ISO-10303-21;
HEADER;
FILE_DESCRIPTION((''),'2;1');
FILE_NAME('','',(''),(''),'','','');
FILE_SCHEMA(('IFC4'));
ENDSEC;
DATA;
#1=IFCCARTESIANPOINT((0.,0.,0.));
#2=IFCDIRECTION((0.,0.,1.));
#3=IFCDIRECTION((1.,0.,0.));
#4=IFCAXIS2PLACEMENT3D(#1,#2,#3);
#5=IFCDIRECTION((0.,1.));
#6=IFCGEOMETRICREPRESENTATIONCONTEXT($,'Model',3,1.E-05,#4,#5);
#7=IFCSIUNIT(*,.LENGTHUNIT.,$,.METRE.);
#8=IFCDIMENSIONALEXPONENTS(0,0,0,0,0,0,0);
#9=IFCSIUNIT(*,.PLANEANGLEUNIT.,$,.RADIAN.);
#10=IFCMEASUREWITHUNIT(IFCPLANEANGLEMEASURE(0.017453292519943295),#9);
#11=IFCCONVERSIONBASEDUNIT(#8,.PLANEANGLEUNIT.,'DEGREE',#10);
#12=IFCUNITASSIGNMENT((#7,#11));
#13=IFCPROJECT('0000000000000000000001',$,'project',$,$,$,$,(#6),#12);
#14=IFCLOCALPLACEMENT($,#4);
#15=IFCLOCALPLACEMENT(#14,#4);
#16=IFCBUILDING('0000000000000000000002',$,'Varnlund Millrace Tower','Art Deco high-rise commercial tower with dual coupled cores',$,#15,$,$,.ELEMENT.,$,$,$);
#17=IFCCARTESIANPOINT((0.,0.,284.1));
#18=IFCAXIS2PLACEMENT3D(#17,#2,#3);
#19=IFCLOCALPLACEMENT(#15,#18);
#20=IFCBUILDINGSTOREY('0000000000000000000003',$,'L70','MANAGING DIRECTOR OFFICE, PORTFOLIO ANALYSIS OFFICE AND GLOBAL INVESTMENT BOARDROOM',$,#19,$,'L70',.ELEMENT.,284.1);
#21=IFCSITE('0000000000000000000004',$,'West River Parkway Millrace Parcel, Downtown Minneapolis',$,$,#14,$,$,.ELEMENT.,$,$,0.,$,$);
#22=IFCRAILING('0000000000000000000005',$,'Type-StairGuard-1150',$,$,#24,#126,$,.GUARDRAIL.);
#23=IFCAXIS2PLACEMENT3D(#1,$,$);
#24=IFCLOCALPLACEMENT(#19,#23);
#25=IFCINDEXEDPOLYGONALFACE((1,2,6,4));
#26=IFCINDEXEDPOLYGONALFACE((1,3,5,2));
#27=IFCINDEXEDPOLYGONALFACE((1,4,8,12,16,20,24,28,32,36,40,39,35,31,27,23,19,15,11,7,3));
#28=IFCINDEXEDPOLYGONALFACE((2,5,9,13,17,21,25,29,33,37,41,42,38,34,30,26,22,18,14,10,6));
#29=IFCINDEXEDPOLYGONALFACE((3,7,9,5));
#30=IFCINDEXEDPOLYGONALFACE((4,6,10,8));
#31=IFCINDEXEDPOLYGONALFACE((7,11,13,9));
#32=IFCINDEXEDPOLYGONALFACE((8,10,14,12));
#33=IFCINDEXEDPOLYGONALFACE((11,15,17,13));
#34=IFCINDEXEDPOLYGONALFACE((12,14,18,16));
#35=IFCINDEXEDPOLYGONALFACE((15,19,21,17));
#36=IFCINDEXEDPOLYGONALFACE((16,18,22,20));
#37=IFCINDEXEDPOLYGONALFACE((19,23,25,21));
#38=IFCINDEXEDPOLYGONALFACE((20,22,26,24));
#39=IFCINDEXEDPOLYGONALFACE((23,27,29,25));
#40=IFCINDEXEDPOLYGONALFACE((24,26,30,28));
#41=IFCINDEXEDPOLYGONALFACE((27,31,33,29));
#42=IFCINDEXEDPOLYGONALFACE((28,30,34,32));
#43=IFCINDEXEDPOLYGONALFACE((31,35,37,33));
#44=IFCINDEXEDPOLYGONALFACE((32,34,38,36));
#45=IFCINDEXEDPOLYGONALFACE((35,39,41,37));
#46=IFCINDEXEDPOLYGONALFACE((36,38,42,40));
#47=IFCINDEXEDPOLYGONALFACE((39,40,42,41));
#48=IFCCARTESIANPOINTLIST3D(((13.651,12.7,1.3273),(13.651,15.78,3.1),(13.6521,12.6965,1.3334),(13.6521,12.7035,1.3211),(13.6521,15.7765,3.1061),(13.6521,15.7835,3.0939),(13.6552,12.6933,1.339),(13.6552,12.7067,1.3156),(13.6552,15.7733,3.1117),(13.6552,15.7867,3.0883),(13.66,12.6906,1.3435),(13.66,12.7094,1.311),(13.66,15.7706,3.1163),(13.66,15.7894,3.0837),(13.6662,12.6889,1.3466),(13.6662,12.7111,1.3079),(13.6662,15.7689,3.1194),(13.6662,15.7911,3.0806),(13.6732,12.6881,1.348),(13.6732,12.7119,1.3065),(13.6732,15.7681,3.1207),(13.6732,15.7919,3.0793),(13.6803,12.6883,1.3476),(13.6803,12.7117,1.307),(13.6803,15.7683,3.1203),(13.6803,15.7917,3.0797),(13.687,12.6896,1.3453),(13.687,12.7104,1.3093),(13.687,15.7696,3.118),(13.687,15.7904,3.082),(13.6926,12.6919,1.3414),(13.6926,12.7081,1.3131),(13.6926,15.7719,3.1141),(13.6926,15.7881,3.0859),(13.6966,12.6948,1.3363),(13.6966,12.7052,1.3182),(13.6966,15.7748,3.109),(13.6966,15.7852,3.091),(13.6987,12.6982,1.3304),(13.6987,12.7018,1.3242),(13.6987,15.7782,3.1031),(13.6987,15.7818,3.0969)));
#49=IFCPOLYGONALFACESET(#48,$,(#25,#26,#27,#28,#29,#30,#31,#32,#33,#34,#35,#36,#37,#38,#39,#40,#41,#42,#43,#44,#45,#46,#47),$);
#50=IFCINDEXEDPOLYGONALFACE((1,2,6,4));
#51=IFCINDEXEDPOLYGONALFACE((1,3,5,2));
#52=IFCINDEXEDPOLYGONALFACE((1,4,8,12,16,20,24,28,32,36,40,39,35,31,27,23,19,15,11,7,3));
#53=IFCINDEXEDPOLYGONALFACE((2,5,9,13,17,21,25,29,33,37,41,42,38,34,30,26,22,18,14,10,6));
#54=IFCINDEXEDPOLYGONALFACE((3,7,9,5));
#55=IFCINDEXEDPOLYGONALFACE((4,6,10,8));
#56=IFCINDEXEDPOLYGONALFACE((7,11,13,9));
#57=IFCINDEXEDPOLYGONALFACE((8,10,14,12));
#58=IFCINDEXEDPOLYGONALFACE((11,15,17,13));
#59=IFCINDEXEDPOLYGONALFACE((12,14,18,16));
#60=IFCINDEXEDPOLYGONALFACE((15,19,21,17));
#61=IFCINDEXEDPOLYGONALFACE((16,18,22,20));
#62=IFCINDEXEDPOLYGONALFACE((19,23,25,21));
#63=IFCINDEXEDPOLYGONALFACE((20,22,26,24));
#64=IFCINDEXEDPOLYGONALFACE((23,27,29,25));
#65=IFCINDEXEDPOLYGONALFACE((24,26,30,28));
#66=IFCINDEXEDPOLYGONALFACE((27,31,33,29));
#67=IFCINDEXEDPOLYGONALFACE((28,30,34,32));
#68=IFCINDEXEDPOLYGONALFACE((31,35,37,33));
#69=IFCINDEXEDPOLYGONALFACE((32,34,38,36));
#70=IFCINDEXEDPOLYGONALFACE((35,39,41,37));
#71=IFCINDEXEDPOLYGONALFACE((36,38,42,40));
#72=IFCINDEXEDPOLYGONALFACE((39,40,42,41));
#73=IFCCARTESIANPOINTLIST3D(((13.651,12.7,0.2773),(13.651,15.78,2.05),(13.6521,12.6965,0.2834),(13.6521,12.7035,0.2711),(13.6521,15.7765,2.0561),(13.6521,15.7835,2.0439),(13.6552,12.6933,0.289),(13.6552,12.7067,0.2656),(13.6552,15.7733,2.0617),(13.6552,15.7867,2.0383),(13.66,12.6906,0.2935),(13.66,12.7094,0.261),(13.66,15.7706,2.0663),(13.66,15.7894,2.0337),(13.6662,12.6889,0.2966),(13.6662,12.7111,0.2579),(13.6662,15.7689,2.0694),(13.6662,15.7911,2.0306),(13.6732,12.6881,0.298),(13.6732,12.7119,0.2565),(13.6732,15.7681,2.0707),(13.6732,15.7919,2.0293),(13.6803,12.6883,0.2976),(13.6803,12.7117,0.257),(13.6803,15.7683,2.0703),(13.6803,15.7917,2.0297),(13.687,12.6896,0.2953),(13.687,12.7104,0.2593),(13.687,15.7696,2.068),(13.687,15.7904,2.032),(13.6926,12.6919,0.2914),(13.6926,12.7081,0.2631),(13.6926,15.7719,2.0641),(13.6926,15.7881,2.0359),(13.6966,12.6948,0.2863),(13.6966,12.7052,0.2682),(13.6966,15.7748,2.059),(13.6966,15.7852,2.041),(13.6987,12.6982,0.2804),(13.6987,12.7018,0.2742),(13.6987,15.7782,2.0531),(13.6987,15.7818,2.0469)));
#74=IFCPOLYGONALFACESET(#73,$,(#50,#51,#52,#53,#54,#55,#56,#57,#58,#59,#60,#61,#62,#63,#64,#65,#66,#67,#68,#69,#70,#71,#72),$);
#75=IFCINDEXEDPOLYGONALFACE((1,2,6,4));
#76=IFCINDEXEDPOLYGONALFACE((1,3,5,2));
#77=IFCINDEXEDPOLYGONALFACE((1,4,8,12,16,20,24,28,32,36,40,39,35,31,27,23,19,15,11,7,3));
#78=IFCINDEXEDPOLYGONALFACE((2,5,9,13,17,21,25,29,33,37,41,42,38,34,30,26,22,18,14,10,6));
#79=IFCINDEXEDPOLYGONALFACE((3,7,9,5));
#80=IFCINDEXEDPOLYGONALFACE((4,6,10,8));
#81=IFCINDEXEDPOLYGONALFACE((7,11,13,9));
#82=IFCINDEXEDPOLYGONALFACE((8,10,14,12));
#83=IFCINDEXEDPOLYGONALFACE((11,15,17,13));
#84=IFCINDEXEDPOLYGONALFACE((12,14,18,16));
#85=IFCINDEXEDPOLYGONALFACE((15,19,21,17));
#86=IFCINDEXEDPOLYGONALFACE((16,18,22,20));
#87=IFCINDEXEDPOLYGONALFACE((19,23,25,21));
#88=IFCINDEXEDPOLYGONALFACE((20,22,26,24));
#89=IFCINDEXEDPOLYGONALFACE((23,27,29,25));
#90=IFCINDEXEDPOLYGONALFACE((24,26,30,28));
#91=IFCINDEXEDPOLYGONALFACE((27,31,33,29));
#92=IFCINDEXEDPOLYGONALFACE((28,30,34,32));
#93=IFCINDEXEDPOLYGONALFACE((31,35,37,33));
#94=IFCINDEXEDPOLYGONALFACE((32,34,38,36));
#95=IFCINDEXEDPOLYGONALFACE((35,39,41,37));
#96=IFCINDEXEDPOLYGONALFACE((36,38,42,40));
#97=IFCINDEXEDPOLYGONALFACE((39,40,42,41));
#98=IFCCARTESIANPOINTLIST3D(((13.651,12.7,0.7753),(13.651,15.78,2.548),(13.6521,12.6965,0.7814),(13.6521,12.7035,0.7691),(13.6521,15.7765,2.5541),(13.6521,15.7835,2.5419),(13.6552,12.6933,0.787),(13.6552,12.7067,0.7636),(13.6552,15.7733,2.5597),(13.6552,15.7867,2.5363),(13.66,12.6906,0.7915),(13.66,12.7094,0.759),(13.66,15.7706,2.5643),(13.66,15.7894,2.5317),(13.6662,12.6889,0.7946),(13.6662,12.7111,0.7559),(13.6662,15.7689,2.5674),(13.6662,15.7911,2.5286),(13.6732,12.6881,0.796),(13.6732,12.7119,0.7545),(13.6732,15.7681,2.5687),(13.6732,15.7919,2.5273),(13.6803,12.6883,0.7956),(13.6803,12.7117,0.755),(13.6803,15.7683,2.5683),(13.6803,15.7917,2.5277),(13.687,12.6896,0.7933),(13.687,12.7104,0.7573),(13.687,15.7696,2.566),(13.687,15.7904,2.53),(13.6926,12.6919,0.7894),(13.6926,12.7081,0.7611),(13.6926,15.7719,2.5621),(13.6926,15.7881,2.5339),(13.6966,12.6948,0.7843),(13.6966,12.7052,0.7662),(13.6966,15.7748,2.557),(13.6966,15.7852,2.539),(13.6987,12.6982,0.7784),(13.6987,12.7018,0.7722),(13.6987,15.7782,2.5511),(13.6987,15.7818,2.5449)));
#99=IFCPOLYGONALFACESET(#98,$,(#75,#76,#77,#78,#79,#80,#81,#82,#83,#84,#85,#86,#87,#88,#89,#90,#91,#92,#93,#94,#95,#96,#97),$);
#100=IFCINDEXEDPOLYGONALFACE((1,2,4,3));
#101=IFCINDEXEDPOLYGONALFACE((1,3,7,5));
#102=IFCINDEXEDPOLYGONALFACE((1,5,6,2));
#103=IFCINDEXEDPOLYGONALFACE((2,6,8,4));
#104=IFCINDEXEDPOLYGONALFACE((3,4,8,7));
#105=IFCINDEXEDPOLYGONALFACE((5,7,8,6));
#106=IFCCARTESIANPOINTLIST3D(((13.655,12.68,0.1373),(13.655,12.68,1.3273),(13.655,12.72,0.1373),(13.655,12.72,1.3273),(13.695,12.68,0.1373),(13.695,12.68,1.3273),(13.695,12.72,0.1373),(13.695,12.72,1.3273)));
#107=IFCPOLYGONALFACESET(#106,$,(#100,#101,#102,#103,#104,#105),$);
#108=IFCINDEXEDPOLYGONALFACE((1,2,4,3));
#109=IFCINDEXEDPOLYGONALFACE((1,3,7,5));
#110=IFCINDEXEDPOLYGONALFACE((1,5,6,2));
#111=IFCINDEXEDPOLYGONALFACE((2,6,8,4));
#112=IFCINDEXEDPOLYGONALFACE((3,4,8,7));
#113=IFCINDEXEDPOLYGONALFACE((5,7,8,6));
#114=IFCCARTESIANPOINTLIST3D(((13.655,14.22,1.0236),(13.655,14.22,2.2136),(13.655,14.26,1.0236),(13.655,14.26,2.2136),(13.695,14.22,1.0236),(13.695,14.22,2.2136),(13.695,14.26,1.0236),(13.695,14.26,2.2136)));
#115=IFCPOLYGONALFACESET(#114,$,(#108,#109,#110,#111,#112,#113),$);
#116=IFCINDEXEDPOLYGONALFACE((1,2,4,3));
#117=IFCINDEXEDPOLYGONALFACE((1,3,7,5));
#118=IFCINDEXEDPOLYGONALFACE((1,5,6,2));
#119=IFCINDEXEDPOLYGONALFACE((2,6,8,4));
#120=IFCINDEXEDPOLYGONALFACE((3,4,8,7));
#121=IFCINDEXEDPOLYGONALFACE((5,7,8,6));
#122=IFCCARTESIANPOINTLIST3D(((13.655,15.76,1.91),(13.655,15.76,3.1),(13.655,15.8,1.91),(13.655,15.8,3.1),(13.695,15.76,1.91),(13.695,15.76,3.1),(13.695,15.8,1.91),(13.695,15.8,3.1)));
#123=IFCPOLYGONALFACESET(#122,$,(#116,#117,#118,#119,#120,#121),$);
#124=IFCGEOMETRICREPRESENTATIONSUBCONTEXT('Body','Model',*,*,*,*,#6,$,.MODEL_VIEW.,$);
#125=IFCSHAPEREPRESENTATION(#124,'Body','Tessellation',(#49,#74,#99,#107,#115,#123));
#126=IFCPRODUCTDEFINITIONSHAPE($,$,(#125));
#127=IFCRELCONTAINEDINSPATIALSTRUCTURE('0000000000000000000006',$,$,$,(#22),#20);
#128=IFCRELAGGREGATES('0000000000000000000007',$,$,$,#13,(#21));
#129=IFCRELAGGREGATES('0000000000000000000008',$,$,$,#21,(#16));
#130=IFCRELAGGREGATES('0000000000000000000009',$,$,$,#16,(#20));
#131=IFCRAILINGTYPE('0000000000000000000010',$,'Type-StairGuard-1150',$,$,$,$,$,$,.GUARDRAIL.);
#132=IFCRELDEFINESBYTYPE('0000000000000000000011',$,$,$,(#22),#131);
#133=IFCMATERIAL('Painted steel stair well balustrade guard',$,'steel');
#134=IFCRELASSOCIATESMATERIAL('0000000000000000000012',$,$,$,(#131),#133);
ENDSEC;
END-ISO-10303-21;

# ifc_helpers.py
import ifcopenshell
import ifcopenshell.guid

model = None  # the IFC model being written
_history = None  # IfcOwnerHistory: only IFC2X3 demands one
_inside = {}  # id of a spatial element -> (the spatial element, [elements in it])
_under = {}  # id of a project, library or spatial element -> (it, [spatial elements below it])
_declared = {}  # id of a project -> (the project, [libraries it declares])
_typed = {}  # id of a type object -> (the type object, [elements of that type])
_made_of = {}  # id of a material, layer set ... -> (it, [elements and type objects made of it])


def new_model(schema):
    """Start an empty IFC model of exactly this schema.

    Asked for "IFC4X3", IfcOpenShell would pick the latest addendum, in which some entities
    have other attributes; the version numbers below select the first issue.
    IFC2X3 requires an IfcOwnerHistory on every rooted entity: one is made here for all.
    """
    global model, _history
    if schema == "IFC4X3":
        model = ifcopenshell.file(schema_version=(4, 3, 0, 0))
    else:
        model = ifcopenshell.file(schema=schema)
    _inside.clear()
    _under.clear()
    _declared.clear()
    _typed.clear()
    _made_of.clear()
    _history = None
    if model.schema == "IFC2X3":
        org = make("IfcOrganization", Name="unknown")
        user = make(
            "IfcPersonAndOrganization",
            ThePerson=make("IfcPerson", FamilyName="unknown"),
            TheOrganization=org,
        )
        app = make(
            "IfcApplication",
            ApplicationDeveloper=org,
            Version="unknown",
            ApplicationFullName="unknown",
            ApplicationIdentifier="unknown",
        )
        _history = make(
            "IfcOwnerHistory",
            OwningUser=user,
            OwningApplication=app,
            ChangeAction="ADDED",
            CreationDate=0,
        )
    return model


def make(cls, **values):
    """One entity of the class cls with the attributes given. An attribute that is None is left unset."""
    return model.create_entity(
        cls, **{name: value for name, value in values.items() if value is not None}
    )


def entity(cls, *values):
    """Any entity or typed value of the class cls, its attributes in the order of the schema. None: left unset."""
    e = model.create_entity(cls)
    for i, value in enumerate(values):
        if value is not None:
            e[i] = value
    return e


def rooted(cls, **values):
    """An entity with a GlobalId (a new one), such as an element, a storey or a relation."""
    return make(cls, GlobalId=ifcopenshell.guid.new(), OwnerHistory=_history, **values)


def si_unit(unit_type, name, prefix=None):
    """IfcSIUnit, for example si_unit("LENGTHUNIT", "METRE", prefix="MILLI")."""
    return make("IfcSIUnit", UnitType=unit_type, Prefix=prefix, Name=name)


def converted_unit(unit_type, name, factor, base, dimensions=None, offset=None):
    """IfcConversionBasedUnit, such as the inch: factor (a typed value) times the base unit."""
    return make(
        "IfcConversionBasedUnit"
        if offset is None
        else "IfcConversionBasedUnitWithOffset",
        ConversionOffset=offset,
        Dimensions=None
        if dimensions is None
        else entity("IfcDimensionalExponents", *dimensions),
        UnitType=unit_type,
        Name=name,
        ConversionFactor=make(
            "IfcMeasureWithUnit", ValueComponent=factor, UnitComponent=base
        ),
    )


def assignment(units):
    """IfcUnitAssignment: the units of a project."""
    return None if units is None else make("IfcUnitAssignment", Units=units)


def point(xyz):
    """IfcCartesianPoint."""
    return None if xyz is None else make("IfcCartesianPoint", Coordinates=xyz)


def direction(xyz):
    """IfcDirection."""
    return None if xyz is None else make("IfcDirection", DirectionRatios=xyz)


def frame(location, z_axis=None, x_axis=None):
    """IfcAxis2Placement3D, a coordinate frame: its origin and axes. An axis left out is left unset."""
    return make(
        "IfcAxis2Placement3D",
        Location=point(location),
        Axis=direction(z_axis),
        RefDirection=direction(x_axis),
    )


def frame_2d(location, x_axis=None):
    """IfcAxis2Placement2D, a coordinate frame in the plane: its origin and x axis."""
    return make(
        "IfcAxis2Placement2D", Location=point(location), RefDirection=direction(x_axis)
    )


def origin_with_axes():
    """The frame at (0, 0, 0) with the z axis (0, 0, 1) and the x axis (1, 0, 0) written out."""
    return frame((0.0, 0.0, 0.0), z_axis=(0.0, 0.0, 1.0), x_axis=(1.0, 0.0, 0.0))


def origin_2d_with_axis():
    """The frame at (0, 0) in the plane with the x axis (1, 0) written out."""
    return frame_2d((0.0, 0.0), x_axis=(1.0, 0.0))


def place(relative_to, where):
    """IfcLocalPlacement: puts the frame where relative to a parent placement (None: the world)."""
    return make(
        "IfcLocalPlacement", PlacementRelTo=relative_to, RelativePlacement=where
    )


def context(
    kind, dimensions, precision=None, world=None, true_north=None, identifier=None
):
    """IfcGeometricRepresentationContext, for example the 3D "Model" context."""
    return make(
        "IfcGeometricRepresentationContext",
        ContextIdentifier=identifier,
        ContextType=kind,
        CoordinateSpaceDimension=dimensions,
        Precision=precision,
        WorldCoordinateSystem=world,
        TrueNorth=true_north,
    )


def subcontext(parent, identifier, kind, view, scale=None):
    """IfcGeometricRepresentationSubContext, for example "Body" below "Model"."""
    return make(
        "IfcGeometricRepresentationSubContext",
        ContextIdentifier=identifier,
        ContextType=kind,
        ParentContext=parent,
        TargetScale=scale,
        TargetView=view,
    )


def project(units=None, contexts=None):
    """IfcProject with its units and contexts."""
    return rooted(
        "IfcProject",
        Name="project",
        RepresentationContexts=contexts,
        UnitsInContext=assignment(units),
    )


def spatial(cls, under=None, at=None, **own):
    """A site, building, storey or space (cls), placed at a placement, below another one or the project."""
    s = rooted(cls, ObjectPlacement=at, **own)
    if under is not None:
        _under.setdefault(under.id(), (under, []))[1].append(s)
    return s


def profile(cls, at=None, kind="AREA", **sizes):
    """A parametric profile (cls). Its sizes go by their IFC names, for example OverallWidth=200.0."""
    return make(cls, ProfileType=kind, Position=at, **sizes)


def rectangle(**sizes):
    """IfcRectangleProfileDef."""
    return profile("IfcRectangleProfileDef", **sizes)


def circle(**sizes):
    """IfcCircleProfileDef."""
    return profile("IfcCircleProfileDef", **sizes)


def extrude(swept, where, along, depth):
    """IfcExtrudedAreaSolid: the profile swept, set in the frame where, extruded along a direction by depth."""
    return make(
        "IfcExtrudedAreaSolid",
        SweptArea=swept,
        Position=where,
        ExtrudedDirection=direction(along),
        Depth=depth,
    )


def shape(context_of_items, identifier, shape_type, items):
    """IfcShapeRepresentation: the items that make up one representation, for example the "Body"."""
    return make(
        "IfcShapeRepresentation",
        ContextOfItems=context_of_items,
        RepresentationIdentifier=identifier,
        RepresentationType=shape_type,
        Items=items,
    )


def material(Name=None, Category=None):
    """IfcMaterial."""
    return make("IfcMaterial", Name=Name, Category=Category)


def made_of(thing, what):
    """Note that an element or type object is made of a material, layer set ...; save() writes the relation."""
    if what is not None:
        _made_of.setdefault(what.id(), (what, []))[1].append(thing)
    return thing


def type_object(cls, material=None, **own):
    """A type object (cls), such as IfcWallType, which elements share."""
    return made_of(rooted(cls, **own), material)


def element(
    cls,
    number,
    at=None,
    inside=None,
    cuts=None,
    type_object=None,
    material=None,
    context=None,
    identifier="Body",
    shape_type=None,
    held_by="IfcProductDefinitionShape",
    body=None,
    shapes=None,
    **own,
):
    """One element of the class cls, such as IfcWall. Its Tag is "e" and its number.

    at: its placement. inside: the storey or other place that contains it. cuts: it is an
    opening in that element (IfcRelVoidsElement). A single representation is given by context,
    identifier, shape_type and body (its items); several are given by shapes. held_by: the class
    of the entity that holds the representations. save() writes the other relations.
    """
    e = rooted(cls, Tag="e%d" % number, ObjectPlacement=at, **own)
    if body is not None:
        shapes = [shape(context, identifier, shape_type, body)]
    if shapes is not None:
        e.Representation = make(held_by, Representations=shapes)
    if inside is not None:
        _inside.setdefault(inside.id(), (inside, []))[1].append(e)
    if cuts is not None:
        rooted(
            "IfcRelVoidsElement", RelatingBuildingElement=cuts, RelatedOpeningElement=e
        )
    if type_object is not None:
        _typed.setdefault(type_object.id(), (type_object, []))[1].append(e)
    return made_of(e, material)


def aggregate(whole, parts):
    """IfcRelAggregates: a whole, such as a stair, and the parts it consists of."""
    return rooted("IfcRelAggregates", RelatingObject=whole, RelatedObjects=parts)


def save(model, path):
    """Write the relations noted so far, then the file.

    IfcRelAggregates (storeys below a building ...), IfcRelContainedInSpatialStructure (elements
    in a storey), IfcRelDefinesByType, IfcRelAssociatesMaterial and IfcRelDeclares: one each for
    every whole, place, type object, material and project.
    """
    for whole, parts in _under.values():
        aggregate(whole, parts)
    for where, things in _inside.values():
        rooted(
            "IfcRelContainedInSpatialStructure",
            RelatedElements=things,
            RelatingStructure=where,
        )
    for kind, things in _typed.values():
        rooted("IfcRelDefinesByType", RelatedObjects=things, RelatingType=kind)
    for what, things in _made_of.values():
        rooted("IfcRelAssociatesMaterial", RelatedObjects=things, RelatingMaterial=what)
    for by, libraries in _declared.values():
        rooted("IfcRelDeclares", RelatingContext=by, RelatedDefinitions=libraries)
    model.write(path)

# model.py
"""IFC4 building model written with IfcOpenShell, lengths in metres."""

from ifc_helpers import new_model, entity, si_unit, converted_unit, direction, frame, origin_with_axes, origin_2d_with_axis, place, context, subcontext, project, spatial, rectangle, circle, extrude, material, type_object, element, save


model = new_model("IFC4")

# Units and contexts
model_context = context("Model", 3, precision=1e-05, world=origin_with_axes(), true_north=direction((0.0, 1.0)))
body_context = subcontext(model_context, "Body", "Model", "MODEL_VIEW")
ifc_project = project(units=[si_unit("LENGTHUNIT", "METRE"), converted_unit("PLANEANGLEUNIT", "DEGREE", entity("IfcPlaneAngleMeasure", 0.017453292519943295), si_unit("PLANEANGLEUNIT", "RADIAN"), dimensions=[0, 0, 0, 0, 0, 0, 0])], contexts=[model_context])

# Site, building, storey
site_placement = place(None, origin_with_axes())
site = spatial("IfcSite", under=ifc_project, at=site_placement, Name="West River Parkway Millrace Parcel, Downtown Minneapolis", CompositionType="ELEMENT", RefElevation=0.0)
building_placement = place(site_placement, origin_with_axes())
building = spatial("IfcBuilding", under=site, at=building_placement, Name="Varnlund Millrace Tower", Description="Art Deco high-rise commercial tower with dual coupled cores", CompositionType="ELEMENT")
storey_placement = place(building_placement, frame((0.0, 0.0, 284.1), z_axis=(0.0, 0.0, 1.0), x_axis=(1.0, 0.0, 0.0)))
storey = spatial("IfcBuildingStorey", under=building, at=storey_placement, Name="L70", Description="MANAGING DIRECTOR OFFICE, PORTFOLIO ANALYSIS OFFICE AND GLOBAL INVESTMENT BOARDROOM", LongName="L70", CompositionType="ELEMENT", Elevation=284.1)

# Railing
ifc_material_1 = material(Name="Painted steel stair well balustrade guard", Category="steel")
railing_type_1 = type_object("IfcRailingType", Name="Type-StairGuard-1150", PredefinedType="GUARDRAIL", material=ifc_material_1)
railing_1_placement = place(storey_placement, frame((0.0, 0.0, -284.1), z_axis=(0.0, 0.0, 1.0), x_axis=(1.0, 0.0, 0.0)))
element("IfcRailing", 1, at=railing_1_placement, inside=storey, type_object=railing_type_1, Name="Type-StairGuard-1150", PredefinedType="GUARDRAIL", context=body_context, shape_type="SweptSolid", body=[
    extrude(circle(Radius=0.024, at=origin_2d_with_axis()), frame((13.675, 12.7, 285.4273), z_axis=(0.0, 0.866696, 0.498836), x_axis=(-1.0, 0.0, 0.0)), (0.0, 0.0, 1.0), 3.5537),
    extrude(circle(Radius=0.024, at=origin_2d_with_axis()), frame((13.675, 12.7, 284.3773), z_axis=(0.0, 0.866696, 0.498836), x_axis=(-1.0, 0.0, 0.0)), (0.0, 0.0, 1.0), 3.5537),
    extrude(circle(Radius=0.024, at=origin_2d_with_axis()), frame((13.675, 12.7, 284.8753), z_axis=(0.0, 0.866696, 0.498836), x_axis=(-1.0, 0.0, 0.0)), (0.0, 0.0, 1.0), 3.5537),
    extrude(rectangle(XDim=0.04, YDim=0.04, at=origin_2d_with_axis()), frame((13.675, 12.7, 284.2373), z_axis=(0.0, 0.0, 1.0), x_axis=(1.0, 0.0, 0.0)), (0.0, 0.0, 1.0), 1.19),
    extrude(rectangle(XDim=0.04, YDim=0.04, at=origin_2d_with_axis()), frame((13.675, 14.24, 285.1236), z_axis=(0.0, 0.0, 1.0), x_axis=(1.0, 0.0, 0.0)), (0.0, 0.0, 1.0), 1.19),
    extrude(rectangle(XDim=0.04, YDim=0.04, at=origin_2d_with_axis()), frame((13.675, 15.78, 286.01), z_axis=(0.0, 0.0, 1.0), x_axis=(1.0, 0.0, 0.0)), (0.0, 0.0, 1.0), 1.19),
])

save(model, "model.ifc")
